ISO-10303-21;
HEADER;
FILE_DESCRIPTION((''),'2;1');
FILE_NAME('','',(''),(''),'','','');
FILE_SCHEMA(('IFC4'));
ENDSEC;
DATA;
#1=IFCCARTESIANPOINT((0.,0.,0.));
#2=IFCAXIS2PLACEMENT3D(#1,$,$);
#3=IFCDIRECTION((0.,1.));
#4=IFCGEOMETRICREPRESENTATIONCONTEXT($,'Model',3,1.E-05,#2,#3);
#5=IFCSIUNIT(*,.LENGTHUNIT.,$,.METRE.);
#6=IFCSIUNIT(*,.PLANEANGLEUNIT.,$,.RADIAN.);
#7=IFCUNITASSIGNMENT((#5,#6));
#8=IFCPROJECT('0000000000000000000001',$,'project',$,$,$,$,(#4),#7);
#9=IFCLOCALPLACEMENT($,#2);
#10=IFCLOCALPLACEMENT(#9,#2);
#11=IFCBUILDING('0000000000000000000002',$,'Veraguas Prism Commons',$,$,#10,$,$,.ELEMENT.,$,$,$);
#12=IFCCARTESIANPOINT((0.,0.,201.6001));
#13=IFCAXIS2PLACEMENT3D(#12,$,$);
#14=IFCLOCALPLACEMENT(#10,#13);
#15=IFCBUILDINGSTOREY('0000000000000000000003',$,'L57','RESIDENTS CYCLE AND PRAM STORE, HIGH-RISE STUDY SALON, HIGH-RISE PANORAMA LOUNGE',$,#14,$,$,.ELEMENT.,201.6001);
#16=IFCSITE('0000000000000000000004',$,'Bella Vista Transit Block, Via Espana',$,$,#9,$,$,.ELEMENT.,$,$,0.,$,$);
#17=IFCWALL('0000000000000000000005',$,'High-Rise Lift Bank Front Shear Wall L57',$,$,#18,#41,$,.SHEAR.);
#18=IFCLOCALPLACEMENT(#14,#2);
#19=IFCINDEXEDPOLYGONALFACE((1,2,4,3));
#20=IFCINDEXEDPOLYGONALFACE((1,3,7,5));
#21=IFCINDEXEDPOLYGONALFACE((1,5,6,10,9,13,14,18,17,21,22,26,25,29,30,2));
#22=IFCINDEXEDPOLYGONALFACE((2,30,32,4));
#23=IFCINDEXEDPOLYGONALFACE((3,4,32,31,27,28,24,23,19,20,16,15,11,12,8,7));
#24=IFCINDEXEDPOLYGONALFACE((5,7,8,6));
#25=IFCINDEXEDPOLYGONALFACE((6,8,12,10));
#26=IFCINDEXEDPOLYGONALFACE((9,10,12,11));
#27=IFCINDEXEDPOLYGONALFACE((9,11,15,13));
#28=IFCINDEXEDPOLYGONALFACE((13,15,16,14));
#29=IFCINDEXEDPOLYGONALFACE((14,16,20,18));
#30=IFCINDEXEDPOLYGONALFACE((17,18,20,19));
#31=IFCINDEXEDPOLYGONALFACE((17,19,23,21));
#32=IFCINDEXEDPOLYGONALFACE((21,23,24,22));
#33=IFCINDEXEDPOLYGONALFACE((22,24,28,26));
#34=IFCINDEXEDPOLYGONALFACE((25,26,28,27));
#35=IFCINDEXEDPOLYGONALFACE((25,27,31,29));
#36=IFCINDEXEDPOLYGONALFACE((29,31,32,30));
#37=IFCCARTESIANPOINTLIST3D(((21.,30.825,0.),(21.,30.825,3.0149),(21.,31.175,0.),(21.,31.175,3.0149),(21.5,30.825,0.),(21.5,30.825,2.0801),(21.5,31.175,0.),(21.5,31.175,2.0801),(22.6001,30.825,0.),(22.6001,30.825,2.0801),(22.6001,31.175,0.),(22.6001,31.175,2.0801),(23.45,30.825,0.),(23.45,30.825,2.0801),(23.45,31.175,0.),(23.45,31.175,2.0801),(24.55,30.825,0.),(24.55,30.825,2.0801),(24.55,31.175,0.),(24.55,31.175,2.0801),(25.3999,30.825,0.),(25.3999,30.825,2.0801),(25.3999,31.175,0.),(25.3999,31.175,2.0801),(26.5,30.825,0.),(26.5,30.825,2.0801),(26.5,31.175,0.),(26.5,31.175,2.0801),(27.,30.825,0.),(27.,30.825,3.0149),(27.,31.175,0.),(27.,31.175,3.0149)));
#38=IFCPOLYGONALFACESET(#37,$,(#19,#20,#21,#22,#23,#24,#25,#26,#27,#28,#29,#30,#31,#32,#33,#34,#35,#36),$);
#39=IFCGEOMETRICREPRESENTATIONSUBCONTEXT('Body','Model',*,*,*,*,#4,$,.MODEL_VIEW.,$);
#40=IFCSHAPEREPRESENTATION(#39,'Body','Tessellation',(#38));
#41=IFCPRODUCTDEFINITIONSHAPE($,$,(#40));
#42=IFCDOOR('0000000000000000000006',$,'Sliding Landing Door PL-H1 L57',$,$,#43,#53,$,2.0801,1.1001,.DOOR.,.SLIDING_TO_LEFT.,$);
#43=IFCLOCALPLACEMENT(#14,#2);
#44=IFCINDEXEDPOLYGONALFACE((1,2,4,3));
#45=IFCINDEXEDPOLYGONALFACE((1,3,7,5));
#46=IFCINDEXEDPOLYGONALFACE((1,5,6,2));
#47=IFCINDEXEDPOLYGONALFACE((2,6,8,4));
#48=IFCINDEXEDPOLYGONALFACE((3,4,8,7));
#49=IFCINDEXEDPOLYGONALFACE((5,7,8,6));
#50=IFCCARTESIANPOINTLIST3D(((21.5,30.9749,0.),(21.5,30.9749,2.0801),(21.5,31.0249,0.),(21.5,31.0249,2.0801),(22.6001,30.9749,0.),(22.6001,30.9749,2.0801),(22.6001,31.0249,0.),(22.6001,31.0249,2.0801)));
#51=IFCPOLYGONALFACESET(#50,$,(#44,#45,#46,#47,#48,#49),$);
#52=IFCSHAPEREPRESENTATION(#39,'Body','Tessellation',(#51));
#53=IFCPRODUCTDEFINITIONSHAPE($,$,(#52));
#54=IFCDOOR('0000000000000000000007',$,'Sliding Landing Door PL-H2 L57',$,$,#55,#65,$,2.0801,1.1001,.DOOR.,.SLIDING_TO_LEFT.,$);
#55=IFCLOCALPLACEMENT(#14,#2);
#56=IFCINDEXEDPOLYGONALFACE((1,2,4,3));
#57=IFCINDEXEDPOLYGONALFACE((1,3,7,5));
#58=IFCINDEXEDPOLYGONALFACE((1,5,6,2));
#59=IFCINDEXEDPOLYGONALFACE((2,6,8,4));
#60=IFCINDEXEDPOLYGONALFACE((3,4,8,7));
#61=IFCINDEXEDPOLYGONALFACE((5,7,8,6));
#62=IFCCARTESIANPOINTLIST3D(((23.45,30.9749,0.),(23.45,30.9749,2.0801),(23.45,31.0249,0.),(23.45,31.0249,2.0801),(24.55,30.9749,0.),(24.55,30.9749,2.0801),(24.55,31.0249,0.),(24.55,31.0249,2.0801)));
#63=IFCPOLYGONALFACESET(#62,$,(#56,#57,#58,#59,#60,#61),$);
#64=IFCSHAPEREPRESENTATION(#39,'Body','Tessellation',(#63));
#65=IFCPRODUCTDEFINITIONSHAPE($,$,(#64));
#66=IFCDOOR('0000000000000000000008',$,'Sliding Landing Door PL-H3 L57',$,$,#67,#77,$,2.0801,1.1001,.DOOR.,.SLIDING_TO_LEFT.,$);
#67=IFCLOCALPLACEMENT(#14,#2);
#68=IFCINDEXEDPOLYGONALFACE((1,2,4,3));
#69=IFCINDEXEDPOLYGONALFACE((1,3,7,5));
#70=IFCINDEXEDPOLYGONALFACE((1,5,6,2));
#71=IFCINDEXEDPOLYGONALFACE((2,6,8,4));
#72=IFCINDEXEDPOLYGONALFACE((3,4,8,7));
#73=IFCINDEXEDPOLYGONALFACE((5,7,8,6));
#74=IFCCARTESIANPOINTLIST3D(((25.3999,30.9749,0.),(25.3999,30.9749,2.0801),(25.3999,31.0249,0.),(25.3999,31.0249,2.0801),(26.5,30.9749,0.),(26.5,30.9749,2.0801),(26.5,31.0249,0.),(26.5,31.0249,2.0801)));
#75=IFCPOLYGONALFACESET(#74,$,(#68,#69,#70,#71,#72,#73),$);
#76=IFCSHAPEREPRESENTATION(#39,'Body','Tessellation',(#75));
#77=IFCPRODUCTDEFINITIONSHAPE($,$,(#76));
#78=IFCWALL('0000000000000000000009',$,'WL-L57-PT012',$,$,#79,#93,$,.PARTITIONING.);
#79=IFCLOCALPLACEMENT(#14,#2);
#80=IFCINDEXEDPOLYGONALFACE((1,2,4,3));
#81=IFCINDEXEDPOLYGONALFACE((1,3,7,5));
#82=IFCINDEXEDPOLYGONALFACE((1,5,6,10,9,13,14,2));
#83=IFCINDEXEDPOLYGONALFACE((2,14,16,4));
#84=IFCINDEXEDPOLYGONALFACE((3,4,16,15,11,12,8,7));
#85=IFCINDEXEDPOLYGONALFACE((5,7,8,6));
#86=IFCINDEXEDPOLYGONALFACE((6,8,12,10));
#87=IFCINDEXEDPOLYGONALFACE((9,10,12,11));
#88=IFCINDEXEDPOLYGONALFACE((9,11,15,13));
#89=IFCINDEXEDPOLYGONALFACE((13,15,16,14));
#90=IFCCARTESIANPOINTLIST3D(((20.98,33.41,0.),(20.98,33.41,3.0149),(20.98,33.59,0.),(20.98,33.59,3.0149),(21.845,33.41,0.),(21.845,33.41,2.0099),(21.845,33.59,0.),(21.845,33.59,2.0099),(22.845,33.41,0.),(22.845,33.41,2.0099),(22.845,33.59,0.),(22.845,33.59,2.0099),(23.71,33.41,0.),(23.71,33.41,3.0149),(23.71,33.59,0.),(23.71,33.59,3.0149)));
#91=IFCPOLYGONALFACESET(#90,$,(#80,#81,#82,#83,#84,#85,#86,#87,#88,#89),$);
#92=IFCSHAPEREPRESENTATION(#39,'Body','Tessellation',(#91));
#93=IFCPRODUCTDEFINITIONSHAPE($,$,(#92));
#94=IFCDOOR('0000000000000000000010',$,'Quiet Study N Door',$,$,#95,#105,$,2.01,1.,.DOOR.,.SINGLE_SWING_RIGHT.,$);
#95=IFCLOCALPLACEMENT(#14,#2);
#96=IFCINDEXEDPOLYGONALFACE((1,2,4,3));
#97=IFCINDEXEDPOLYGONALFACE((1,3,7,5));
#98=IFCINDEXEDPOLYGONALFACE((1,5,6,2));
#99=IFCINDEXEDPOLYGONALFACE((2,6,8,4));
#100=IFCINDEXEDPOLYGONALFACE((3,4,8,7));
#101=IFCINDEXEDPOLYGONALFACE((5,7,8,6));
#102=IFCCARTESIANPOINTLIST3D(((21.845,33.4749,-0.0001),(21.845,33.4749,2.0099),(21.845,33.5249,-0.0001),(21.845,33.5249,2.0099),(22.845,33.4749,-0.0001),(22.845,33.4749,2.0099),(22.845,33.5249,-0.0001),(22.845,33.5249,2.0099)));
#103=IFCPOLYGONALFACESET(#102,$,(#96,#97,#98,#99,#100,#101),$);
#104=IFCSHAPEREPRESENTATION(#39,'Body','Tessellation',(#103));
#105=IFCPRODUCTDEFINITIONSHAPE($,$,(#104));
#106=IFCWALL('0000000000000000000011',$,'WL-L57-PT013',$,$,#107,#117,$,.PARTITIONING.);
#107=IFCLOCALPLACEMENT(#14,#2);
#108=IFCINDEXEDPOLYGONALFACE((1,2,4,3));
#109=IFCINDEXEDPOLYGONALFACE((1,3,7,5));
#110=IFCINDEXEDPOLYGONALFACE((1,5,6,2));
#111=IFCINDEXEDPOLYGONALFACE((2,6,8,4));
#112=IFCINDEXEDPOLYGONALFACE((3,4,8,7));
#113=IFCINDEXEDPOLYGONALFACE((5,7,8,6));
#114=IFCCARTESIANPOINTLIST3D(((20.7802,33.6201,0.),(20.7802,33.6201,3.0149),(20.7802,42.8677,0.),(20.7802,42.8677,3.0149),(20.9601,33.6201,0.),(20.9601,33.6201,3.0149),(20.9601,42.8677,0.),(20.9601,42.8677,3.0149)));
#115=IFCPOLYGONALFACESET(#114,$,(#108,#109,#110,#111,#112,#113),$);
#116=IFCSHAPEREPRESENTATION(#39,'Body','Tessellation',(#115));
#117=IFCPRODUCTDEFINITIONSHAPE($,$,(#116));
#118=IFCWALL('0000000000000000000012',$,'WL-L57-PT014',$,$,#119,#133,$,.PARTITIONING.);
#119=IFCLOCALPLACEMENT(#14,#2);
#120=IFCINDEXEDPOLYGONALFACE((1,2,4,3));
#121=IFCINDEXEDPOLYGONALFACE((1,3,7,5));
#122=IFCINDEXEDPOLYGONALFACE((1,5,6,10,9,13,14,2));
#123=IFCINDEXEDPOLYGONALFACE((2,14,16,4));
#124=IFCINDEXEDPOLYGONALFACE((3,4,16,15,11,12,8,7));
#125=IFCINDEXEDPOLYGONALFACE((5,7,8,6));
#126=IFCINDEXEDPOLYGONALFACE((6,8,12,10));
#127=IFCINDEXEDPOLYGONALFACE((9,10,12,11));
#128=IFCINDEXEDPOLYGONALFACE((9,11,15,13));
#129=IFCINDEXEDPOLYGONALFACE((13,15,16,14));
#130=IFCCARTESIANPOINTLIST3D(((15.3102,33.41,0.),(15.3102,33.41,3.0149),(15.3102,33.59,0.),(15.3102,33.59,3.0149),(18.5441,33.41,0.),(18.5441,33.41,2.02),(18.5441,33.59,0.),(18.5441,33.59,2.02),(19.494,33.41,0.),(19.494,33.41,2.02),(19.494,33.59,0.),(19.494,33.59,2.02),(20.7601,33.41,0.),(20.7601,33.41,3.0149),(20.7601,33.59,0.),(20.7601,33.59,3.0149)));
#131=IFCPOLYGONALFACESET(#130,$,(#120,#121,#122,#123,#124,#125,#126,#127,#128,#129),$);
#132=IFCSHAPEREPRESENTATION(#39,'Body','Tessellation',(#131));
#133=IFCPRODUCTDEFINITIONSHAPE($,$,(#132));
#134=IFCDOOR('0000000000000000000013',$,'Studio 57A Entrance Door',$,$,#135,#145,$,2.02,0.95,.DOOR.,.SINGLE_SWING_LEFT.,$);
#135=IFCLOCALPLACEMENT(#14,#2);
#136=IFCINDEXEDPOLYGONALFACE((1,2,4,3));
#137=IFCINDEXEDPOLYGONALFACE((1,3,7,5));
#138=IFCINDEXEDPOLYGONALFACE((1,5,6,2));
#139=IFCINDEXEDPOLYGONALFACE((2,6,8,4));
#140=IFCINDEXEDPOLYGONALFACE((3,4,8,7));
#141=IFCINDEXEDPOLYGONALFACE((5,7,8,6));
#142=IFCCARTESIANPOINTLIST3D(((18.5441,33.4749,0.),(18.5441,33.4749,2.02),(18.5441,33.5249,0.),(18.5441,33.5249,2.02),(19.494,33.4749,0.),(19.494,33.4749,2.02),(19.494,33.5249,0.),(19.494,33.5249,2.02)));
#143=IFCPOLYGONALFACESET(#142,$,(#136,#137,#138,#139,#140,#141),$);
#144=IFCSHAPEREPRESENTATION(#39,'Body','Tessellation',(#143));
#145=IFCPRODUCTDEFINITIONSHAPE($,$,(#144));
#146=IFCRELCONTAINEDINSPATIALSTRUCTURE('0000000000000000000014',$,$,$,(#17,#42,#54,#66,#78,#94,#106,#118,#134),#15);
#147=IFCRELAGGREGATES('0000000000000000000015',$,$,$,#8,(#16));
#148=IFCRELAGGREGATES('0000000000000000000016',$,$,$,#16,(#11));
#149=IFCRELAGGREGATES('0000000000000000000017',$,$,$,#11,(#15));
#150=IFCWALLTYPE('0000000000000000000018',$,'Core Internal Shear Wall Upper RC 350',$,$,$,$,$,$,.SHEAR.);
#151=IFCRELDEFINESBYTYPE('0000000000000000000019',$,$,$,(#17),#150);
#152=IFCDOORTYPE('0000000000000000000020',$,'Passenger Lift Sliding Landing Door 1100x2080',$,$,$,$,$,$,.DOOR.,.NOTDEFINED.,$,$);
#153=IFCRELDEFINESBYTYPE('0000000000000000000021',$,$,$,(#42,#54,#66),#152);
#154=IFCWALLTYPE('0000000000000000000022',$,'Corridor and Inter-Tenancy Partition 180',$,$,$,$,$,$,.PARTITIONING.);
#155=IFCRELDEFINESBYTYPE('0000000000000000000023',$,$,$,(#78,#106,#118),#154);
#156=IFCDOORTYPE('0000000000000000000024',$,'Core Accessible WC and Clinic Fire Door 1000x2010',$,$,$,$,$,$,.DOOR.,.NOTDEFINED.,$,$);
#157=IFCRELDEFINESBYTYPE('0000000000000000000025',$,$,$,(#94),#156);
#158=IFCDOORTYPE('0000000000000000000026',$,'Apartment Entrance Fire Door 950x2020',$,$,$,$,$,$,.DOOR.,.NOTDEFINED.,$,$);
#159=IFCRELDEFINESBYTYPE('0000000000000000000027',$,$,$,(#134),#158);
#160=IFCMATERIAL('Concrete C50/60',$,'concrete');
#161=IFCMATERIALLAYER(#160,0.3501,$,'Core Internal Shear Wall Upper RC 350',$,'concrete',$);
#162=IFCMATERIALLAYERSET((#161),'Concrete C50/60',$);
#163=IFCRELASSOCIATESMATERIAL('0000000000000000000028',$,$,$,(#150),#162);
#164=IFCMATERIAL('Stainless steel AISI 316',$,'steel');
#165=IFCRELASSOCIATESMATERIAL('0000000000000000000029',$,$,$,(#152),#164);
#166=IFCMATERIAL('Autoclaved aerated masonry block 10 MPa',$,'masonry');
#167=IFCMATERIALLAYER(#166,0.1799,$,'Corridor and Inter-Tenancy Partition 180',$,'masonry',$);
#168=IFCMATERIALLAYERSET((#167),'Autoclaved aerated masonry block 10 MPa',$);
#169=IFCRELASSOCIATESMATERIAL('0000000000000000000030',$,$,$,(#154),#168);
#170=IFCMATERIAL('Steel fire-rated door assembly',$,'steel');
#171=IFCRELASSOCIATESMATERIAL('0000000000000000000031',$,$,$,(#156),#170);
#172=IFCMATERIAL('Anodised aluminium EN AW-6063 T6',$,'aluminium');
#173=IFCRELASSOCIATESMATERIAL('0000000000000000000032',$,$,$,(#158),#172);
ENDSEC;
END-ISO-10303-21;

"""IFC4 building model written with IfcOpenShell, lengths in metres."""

from ifc_helpers import new_model, si_unit, direction, frame, frame_2d, origin, place, context, subcontext, project, spatial, rectangle, extrude, source, transform, mapped, material, layer, layer_set, type_object, element, fill, save


model = new_model("IFC4")

# Units and contexts
model_context = context("Model", 3, precision=1e-05, world=origin(), true_north=direction((0.0, 1.0)))
body_context = subcontext(model_context, "Body", "Model", "MODEL_VIEW")
ifc_project = project(units=[si_unit("LENGTHUNIT", "METRE"), si_unit("PLANEANGLEUNIT", "RADIAN")], contexts=[model_context])

# Site, building, storey
site_placement = place(None, origin())
site = spatial("IfcSite", under=ifc_project, at=site_placement, Name="Bella Vista Transit Block, Via Espana", CompositionType="ELEMENT", RefElevation=0.0)
building_placement = place(site_placement, origin())
building = spatial("IfcBuilding", under=site, at=building_placement, Name="Veraguas Prism Commons", CompositionType="ELEMENT")
storey_placement = place(building_placement, frame((0.0, 0.0, 201.6001)))
storey = spatial("IfcBuildingStorey", under=building, at=storey_placement, Name="L57", Description="RESIDENTS CYCLE AND PRAM STORE, HIGH-RISE STUDY SALON, HIGH-RISE PANORAMA LOUNGE", CompositionType="ELEMENT", Elevation=201.6001)

# Shared definitions
ifc_material_1 = material(Name="Concrete C50/60", Category="concrete")

# Shared definitions
ifc_material_2 = material(Name="Anodised aluminium EN AW-6063 T6", Category="aluminium")

# Wall, openings, doors
ifc_layer_1 = layer(ifc_material_1, 0.3501, Name="Core Internal Shear Wall Upper RC 350", Category="concrete")
ifc_layer_set_1 = layer_set([ifc_layer_1], Name="Concrete C50/60")
wall_type_1 = type_object("IfcWallType", Name="Core Internal Shear Wall Upper RC 350", PredefinedType="SHEAR", material=ifc_layer_set_1)
wall_1_placement = place(storey_placement, frame((21.0, 31.0, 0.0), z_axis=(0.0, 0.0, 1.0), x_axis=(1.0, 0.0, 0.0)))
wall_1 = element("IfcWall", 1, at=wall_1_placement, inside=storey, type_object=wall_type_1, Name="High-Rise Lift Bank Front Shear Wall L57", PredefinedType="SHEAR", context=body_context, shape_type="SweptSolid", body=[
    extrude(rectangle(XDim=6.0, YDim=0.3501, at=frame_2d((3.0, 0.0))), origin(), (0.0, 0.0, 1.0), 3.0149),
])
opening_1_placement = place(wall_1_placement, frame((0.5, 0.0, 0.0)))
opening_1 = element("IfcOpeningElement", 2, at=opening_1_placement, cuts=wall_1, PredefinedType="OPENING", context=body_context, shape_type="SweptSolid", body=[
    extrude(rectangle(XDim=1.1001, YDim=2.0801, at=frame_2d((0.55, 1.04))), frame((0.0, 0.1851, 0.0), z_axis=(0.0, -1.0, 0.0), x_axis=(1.0, 0.0, 0.0)), (0.0, 0.0, 1.0), 0.3701),
])
opening_2_placement = place(wall_1_placement, frame((2.45, 0.0, 0.0)))
opening_2 = element("IfcOpeningElement", 3, at=opening_2_placement, cuts=wall_1, PredefinedType="OPENING", context=body_context, shape_type="SweptSolid", body=[
    extrude(rectangle(XDim=1.1001, YDim=2.0801, at=frame_2d((0.55, 1.04))), frame((0.0, 0.1851, 0.0), z_axis=(0.0, -1.0, 0.0), x_axis=(1.0, 0.0, 0.0)), (0.0, 0.0, 1.0), 0.3701),
])
opening_3_placement = place(wall_1_placement, frame((4.3999, 0.0, 0.0)))
opening_3 = element("IfcOpeningElement", 4, at=opening_3_placement, cuts=wall_1, PredefinedType="OPENING", context=body_context, shape_type="SweptSolid", body=[
    extrude(rectangle(XDim=1.1001, YDim=2.0801, at=frame_2d((0.55, 1.04))), frame((0.0, 0.1851, 0.0), z_axis=(0.0, -1.0, 0.0), x_axis=(1.0, 0.0, 0.0)), (0.0, 0.0, 1.0), 0.3701),
])
ifc_material_3 = material(Name="Stainless steel AISI 316", Category="steel")
door_type_1 = type_object("IfcDoorType", Name="Passenger Lift Sliding Landing Door 1100x2080", OperationType="NOTDEFINED", PredefinedType="DOOR", material=ifc_material_3)
shared_shape_1 = source(origin(), body_context, "Body", "SweptSolid", [
    extrude(rectangle(XDim=1.1001, YDim=2.0801, at=frame_2d((0.55, 1.04))), frame((0.0, 0.0249, 0.0), z_axis=(0.0, -1.0, 0.0), x_axis=(1.0, 0.0, 0.0)), (0.0, 0.0, 1.0), 0.05),
])
door_1_placement = place(opening_1_placement, origin())
door_1 = element("IfcDoor", 5, at=door_1_placement, inside=storey, type_object=door_type_1, Name="Sliding Landing Door PL-H1 L57", OperationType="SLIDING_TO_LEFT", OverallHeight=2.0801, OverallWidth=1.1001, PredefinedType="DOOR", context=body_context, shape_type="MappedRepresentation", body=[
    mapped(shared_shape_1, transform((0.0, 0.0, 0.0), scale=1.0)),
])
fill(opening_1, door_1)
door_2_placement = place(opening_2_placement, origin())
door_2 = element("IfcDoor", 6, at=door_2_placement, inside=storey, type_object=door_type_1, Name="Sliding Landing Door PL-H2 L57", OperationType="SLIDING_TO_LEFT", OverallHeight=2.0801, OverallWidth=1.1001, PredefinedType="DOOR", context=body_context, shape_type="MappedRepresentation", body=[
    mapped(shared_shape_1, transform((0.0, 0.0, 0.0), scale=1.0)),
])
fill(opening_2, door_2)
door_3_placement = place(opening_3_placement, origin())
door_3 = element("IfcDoor", 7, at=door_3_placement, inside=storey, type_object=door_type_1, Name="Sliding Landing Door PL-H3 L57", OperationType="SLIDING_TO_LEFT", OverallHeight=2.0801, OverallWidth=1.1001, PredefinedType="DOOR", context=body_context, shape_type="MappedRepresentation", body=[
    mapped(shared_shape_1, transform((0.0, 0.0, 0.0), scale=1.0)),
])
fill(opening_3, door_3)

# Wall, opening, door
ifc_material_4 = material(Name="Autoclaved aerated masonry block 10 MPa", Category="masonry")
ifc_layer_2 = layer(ifc_material_4, 0.1799, Name="Corridor and Inter-Tenancy Partition 180", Category="masonry")
ifc_layer_set_2 = layer_set([ifc_layer_2], Name="Autoclaved aerated masonry block 10 MPa")
wall_type_2 = type_object("IfcWallType", Name="Corridor and Inter-Tenancy Partition 180", PredefinedType="PARTITIONING", material=ifc_layer_set_2)
wall_2_placement = place(storey_placement, frame((20.98, 33.5, 0.0), z_axis=(0.0, 0.0, 1.0), x_axis=(1.0, 0.0, 0.0)))
wall_2 = element("IfcWall", 8, at=wall_2_placement, inside=storey, type_object=wall_type_2, Name="WL-L57-PT012", PredefinedType="PARTITIONING", context=body_context, shape_type="SweptSolid", body=[
    extrude(rectangle(XDim=2.73, YDim=0.1799, at=frame_2d((1.365, 0.0))), origin(), (0.0, 0.0, 1.0), 3.0149),
])
opening_4_placement = place(wall_2_placement, frame((0.865, 0.0, 0.0)))
opening_4 = element("IfcOpeningElement", 9, at=opening_4_placement, cuts=wall_2, PredefinedType="OPENING", context=body_context, shape_type="SweptSolid", body=[
    extrude(rectangle(XDim=1.0, YDim=2.01, at=frame_2d((0.5, 1.0049))), frame((0.0, 0.0999, 0.0), z_axis=(0.0, -1.0, 0.0), x_axis=(1.0, 0.0, 0.0)), (0.0, 0.0, 1.0), 0.2),
])
ifc_material_5 = material(Name="Steel fire-rated door assembly", Category="steel")
door_type_2 = type_object("IfcDoorType", Name="Core Accessible WC and Clinic Fire Door 1000x2010", OperationType="NOTDEFINED", PredefinedType="DOOR", material=ifc_material_5)
shared_shape_2 = source(origin(), body_context, "Body", "SweptSolid", [
    extrude(rectangle(XDim=1.0, YDim=2.01, at=frame_2d((0.5, 1.0049))), frame((0.0, 0.0249, 0.0), z_axis=(0.0, -1.0, 0.0), x_axis=(1.0, 0.0, 0.0)), (0.0, 0.0, 1.0), 0.05),
])
door_4_placement = place(opening_4_placement, origin())
door_4 = element("IfcDoor", 10, at=door_4_placement, inside=storey, type_object=door_type_2, Name="Quiet Study N Door", OperationType="SINGLE_SWING_RIGHT", OverallHeight=2.01, OverallWidth=1.0, PredefinedType="DOOR", context=body_context, shape_type="MappedRepresentation", body=[
    mapped(shared_shape_2, transform((0.0, 0.0, 0.0), scale=1.0)),
])
fill(opening_4, door_4)

# Wall
wall_3_placement = place(storey_placement, frame((20.8701, 33.6201, 0.0), z_axis=(0.0, 0.0, 1.0), x_axis=(0.0, 1.0, 0.0)))
element("IfcWall", 11, at=wall_3_placement, inside=storey, type_object=wall_type_2, Name="WL-L57-PT013", PredefinedType="PARTITIONING", context=body_context, shape_type="SweptSolid", body=[
    extrude(rectangle(XDim=9.2476, YDim=0.1799, at=frame_2d((4.6238, 0.0))), origin(), (0.0, 0.0, 1.0), 3.0149),
])

# Wall, opening, door
wall_4_placement = place(storey_placement, frame((15.3101, 33.5, 0.0), z_axis=(0.0, 0.0, 1.0), x_axis=(1.0, 0.0, 0.0)))
wall_4 = element("IfcWall", 12, at=wall_4_placement, inside=storey, type_object=wall_type_2, Name="WL-L57-PT014", PredefinedType="PARTITIONING", context=body_context, shape_type="SweptSolid", body=[
    extrude(rectangle(XDim=5.45, YDim=0.1799, at=frame_2d((2.7251, 0.0))), origin(), (0.0, 0.0, 1.0), 3.0149),
])
opening_5_placement = place(wall_4_placement, frame((3.2339, 0.0, 0.0)))
opening_5 = element("IfcOpeningElement", 13, at=opening_5_placement, cuts=wall_4, PredefinedType="OPENING", context=body_context, shape_type="SweptSolid", body=[
    extrude(rectangle(XDim=0.95, YDim=2.02, at=frame_2d((0.4751, 1.01))), frame((0.0, 0.0999, 0.0), z_axis=(0.0, -1.0, 0.0), x_axis=(1.0, 0.0, 0.0)), (0.0, 0.0, 1.0), 0.2),
])
door_type_3 = type_object("IfcDoorType", Name="Apartment Entrance Fire Door 950x2020", OperationType="NOTDEFINED", PredefinedType="DOOR", material=ifc_material_2)
shared_shape_3 = source(origin(), body_context, "Body", "SweptSolid", [
    extrude(rectangle(XDim=0.95, YDim=2.02, at=frame_2d((0.4751, 1.01))), frame((0.0, 0.0249, 0.0), z_axis=(0.0, -1.0, 0.0), x_axis=(1.0, 0.0, 0.0)), (0.0, 0.0, 1.0), 0.05),
])
door_5_placement = place(opening_5_placement, origin())
door_5 = element("IfcDoor", 14, at=door_5_placement, inside=storey, type_object=door_type_3, Name="Studio 57A Entrance Door", OperationType="SINGLE_SWING_LEFT", OverallHeight=2.02, OverallWidth=0.95, PredefinedType="DOOR", context=body_context, shape_type="MappedRepresentation", body=[
    mapped(shared_shape_3, transform((0.0, 0.0, 0.0), scale=1.0)),
])
fill(opening_5, door_5)

save(model, "model.ifc")
